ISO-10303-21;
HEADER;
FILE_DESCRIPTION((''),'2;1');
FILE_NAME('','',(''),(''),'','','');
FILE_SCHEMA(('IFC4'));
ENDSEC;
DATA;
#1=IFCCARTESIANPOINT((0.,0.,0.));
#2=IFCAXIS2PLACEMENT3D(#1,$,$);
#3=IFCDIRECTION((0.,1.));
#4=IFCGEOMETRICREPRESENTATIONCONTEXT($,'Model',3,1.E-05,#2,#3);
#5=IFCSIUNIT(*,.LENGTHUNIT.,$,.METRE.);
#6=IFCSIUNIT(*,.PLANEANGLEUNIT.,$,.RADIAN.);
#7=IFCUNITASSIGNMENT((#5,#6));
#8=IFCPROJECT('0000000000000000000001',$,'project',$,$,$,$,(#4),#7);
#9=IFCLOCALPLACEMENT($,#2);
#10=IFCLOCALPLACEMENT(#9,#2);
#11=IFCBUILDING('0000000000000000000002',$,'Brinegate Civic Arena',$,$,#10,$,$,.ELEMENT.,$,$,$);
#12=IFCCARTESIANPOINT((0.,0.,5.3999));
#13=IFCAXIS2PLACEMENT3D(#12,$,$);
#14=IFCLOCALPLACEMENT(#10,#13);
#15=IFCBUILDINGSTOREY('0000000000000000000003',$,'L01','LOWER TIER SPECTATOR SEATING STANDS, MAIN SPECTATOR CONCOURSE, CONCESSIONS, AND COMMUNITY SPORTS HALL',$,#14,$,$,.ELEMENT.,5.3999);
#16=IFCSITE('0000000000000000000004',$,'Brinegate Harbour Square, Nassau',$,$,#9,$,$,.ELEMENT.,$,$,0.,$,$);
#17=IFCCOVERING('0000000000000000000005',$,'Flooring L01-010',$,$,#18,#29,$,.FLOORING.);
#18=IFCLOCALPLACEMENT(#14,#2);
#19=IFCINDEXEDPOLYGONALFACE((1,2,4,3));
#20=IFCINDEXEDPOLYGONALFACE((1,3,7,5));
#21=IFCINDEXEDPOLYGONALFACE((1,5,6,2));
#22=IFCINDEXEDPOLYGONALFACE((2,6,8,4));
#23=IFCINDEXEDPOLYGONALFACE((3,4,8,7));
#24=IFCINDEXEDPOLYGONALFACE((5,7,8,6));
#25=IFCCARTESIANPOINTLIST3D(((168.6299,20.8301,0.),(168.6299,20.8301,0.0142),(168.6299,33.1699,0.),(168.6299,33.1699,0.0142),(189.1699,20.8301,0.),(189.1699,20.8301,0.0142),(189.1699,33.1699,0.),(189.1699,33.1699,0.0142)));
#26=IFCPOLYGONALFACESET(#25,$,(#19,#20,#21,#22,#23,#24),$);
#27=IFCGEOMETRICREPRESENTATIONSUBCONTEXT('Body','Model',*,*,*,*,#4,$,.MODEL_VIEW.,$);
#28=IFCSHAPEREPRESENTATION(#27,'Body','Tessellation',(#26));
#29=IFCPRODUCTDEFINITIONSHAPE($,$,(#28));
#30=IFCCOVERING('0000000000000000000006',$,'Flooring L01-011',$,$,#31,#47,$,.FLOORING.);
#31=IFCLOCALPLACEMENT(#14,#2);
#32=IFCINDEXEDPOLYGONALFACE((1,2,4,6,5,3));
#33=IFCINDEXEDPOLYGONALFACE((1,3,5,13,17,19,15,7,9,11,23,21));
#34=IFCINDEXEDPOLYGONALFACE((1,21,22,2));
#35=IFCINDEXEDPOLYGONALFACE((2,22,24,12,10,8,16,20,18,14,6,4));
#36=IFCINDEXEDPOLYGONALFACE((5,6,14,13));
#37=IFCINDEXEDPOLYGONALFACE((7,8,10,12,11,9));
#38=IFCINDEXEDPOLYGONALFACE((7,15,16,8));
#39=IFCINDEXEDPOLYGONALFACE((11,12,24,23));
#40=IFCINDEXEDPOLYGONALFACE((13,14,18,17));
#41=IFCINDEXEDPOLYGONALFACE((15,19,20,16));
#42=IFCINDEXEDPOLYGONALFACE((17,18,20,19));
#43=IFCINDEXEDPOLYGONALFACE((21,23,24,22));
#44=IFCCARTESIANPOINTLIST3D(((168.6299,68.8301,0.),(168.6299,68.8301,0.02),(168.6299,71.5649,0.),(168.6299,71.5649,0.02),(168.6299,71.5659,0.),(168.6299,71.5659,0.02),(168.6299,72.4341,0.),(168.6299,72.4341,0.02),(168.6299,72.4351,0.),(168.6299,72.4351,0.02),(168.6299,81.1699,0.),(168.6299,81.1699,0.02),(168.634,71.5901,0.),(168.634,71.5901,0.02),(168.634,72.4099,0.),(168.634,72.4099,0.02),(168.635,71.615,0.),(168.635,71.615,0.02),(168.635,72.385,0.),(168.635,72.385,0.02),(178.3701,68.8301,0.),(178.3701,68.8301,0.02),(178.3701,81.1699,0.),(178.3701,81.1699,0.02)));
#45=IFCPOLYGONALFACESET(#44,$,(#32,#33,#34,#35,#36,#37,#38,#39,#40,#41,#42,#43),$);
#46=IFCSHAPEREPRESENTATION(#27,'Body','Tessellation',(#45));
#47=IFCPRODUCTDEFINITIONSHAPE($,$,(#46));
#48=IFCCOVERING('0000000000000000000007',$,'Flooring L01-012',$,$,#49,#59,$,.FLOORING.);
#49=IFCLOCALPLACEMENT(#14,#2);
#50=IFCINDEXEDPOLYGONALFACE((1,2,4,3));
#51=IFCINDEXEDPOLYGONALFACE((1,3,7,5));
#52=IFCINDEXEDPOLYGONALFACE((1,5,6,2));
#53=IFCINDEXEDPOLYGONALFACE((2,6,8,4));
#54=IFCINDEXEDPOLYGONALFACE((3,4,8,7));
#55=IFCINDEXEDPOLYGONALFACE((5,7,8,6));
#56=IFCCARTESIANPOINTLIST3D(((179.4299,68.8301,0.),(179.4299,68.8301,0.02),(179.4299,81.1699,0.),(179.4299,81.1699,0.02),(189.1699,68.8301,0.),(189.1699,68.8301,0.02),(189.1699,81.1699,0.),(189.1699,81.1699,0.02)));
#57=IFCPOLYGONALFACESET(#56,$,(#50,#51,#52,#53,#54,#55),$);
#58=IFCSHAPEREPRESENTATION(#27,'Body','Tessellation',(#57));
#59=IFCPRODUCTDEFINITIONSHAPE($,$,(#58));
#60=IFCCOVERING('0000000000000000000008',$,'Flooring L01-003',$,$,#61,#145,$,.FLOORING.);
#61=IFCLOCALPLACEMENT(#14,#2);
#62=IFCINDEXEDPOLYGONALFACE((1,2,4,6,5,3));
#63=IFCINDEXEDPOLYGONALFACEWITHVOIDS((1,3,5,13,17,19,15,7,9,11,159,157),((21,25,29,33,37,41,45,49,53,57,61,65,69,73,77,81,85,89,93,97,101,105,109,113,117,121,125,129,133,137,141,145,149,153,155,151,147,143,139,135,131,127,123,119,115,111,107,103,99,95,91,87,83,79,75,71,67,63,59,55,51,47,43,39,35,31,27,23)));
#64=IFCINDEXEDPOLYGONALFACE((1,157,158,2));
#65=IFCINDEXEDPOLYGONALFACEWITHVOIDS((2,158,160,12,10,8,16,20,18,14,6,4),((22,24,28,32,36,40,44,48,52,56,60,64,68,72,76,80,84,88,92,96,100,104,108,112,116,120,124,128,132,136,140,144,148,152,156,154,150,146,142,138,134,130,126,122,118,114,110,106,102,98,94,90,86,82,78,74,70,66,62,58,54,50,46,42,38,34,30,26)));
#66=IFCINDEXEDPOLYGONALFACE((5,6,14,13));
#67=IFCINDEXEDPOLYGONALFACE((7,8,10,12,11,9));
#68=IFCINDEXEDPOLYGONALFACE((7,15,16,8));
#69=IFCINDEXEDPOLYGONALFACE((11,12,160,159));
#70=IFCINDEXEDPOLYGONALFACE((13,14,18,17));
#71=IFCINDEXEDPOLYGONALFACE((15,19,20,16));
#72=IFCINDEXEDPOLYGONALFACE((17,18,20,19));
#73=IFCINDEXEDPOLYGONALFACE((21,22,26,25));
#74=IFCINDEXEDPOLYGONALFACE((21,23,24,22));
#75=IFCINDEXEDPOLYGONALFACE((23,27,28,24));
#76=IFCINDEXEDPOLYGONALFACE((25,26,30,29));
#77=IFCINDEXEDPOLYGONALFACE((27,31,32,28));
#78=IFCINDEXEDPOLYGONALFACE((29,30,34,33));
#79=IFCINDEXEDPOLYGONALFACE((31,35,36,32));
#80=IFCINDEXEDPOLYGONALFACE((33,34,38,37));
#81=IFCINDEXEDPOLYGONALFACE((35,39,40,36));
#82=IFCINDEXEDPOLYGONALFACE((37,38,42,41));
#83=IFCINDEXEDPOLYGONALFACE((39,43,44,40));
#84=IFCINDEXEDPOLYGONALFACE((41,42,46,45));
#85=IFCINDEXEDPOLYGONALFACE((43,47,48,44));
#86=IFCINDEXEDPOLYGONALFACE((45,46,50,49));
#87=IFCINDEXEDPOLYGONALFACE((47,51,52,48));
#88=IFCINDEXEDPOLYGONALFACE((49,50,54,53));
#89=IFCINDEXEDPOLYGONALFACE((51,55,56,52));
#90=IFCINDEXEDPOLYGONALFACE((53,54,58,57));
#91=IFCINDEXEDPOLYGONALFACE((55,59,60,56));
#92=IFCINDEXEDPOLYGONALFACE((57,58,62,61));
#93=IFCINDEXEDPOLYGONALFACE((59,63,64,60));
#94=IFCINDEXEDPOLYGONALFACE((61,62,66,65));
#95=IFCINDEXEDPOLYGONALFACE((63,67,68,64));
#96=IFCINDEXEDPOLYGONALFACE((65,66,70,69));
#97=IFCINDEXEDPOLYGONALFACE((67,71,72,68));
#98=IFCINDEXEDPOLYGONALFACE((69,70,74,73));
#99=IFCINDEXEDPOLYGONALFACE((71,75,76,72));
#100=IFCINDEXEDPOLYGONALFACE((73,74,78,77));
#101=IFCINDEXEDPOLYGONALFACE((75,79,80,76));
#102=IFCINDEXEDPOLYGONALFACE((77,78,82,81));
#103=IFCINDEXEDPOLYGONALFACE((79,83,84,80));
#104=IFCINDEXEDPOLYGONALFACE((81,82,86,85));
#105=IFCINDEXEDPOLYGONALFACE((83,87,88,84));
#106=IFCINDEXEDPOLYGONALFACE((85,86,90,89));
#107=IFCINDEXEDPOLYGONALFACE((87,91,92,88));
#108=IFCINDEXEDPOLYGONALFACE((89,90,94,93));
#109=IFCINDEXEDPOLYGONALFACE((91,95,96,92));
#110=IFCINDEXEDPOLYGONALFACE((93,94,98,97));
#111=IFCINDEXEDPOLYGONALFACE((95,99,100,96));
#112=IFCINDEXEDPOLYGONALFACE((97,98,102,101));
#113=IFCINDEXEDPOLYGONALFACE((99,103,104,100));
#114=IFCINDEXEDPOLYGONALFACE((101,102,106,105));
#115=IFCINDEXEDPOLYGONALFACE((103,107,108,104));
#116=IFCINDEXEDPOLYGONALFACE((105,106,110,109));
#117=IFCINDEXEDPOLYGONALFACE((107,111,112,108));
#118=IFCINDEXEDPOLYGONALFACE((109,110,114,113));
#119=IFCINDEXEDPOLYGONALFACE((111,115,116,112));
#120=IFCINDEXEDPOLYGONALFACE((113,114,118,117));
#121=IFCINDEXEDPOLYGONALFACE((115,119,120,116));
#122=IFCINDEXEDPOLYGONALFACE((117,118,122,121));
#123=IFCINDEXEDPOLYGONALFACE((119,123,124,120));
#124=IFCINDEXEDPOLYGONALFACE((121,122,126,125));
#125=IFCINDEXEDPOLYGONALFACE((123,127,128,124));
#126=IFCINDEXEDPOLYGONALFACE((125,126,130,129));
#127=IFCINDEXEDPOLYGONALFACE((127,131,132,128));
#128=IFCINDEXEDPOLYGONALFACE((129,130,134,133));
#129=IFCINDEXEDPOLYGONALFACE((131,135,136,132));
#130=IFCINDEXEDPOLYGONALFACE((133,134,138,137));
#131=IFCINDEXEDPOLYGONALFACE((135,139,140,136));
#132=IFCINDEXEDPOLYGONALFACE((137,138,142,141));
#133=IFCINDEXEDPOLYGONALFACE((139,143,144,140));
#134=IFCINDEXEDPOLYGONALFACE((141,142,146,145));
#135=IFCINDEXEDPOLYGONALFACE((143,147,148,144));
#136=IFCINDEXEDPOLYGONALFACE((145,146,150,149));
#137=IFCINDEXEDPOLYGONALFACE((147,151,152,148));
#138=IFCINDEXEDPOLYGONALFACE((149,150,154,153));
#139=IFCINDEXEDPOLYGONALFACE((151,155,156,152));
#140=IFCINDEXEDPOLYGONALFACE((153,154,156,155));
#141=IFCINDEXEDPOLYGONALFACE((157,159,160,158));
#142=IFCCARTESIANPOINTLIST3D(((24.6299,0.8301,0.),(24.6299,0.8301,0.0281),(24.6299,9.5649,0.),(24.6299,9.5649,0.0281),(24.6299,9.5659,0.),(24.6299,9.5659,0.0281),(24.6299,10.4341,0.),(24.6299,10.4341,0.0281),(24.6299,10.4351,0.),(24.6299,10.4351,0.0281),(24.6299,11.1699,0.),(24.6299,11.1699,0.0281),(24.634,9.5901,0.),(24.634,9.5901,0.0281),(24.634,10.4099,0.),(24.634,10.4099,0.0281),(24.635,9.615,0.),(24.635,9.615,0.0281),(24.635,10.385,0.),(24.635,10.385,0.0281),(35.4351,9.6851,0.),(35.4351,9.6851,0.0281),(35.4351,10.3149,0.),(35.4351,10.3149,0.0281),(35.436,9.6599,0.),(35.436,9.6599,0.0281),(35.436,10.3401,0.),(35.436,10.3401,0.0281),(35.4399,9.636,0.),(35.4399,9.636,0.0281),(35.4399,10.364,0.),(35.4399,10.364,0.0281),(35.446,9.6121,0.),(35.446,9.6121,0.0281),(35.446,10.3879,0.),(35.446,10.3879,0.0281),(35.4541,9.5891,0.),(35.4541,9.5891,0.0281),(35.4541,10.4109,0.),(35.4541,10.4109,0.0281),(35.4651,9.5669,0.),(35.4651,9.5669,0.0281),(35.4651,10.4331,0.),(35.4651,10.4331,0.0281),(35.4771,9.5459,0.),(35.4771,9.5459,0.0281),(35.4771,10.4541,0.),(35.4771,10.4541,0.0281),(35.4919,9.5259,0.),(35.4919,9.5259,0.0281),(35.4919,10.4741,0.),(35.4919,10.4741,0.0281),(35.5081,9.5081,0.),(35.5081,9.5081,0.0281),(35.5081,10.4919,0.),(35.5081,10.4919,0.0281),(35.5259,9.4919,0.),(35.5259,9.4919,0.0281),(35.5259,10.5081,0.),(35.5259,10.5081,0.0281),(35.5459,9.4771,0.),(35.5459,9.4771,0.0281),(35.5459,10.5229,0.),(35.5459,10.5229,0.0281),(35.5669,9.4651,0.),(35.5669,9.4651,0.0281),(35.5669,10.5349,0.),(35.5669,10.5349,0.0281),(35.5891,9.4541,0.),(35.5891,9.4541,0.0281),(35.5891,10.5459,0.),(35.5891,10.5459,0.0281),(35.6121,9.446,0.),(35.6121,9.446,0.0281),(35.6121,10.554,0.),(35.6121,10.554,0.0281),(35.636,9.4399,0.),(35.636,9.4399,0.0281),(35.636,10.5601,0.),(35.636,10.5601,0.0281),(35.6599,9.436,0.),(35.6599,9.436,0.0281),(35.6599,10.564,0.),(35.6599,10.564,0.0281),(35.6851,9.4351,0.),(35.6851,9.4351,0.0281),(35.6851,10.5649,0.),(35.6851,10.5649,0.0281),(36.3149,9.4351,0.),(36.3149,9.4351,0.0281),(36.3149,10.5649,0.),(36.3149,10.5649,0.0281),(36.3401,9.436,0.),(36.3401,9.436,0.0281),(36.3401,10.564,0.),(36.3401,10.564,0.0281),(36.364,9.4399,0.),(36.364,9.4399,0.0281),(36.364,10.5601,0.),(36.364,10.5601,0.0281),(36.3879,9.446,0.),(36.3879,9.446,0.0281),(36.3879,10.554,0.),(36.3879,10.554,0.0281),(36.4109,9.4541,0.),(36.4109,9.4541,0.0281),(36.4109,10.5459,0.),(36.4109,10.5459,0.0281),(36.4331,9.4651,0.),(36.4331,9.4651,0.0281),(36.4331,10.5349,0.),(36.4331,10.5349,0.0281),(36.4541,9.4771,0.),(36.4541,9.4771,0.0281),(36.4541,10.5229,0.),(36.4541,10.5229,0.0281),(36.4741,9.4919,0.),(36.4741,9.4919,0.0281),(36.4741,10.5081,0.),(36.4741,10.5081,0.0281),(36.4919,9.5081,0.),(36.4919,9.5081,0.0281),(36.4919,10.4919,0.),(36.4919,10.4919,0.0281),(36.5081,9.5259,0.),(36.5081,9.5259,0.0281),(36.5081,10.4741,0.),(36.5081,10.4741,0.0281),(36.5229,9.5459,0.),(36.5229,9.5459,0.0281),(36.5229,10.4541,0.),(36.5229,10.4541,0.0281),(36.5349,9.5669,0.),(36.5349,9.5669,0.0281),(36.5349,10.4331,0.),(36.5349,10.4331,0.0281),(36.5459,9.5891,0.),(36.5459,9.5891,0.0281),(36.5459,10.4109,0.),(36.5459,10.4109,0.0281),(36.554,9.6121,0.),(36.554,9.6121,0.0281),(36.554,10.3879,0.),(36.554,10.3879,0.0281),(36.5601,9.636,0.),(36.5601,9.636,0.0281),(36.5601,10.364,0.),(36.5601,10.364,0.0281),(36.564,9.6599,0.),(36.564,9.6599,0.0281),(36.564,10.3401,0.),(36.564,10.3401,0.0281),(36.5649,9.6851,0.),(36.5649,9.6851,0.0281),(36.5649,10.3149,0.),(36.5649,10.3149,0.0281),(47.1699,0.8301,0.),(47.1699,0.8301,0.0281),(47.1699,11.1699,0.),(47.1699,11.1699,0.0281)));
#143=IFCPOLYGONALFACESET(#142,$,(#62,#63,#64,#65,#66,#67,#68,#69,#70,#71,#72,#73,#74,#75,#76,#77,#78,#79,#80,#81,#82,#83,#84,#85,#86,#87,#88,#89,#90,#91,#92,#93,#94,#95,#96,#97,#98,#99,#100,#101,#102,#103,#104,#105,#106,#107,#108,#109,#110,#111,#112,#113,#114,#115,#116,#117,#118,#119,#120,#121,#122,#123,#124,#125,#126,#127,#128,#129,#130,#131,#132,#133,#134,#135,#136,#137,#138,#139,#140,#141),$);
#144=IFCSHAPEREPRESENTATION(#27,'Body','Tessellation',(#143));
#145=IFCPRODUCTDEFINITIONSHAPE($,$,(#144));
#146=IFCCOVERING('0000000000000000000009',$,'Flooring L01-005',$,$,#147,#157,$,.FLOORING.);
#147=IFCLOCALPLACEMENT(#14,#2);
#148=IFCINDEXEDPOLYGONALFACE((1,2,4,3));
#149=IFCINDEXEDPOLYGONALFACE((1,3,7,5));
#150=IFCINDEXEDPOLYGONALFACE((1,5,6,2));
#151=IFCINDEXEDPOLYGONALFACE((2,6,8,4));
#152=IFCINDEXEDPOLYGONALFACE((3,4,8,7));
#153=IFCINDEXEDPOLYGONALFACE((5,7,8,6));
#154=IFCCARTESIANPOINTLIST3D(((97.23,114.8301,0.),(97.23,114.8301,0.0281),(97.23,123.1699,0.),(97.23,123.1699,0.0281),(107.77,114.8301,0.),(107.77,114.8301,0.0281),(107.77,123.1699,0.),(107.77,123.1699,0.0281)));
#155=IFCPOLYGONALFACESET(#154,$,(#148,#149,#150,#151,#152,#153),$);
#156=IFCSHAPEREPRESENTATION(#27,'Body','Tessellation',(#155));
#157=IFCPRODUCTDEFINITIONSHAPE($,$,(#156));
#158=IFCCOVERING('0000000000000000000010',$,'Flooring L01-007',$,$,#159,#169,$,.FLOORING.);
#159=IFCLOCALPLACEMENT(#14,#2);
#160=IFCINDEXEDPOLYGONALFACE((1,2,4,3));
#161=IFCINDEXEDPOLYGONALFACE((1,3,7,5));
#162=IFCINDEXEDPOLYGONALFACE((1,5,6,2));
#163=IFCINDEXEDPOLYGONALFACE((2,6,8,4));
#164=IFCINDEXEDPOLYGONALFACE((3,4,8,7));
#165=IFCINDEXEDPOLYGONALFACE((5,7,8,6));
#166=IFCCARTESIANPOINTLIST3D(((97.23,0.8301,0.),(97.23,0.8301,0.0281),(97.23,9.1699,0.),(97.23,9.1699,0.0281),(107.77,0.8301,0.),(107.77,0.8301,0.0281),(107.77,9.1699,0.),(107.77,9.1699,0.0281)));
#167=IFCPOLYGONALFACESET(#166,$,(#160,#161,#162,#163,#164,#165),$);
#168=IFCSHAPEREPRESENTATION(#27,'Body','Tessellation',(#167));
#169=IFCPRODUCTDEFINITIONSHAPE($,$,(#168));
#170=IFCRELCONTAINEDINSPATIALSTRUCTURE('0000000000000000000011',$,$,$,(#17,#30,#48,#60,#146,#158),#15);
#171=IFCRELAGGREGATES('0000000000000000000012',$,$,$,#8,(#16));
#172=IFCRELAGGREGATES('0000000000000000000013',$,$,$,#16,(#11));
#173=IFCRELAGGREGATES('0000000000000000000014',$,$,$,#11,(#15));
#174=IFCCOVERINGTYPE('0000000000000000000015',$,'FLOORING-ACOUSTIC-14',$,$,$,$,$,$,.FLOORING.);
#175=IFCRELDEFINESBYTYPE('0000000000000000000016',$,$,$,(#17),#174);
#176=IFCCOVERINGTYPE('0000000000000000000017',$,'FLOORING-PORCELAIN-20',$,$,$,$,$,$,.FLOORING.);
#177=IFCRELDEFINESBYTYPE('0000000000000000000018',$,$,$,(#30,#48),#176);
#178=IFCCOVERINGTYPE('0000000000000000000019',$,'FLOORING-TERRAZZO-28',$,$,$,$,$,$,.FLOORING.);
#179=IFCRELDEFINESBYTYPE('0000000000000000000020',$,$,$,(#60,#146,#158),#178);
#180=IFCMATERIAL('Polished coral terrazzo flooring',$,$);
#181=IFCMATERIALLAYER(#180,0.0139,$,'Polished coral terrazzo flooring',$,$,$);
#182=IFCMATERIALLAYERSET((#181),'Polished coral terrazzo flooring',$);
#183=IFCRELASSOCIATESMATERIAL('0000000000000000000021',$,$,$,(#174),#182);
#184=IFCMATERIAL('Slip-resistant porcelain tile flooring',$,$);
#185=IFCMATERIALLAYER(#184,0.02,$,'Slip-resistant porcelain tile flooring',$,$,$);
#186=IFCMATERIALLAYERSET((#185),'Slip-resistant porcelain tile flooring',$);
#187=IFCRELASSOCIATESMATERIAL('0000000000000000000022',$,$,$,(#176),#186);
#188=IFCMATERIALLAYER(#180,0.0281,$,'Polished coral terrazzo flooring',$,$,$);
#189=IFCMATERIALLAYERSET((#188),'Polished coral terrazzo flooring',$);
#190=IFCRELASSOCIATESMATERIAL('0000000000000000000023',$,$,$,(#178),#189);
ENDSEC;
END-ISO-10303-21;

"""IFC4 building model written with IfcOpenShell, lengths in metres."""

from ifc_helpers import new_model, si_unit, direction, frame, origin, place, context, subcontext, project, spatial, polyline, outline, extrude, material, layer, layer_set, type_object, element, save


model = new_model("IFC4")

# Units and contexts
model_context = context("Model", 3, precision=1e-05, world=origin(), true_north=direction((0.0, 1.0)))
body_context = subcontext(model_context, "Body", "Model", "MODEL_VIEW")
ifc_project = project(units=[si_unit("LENGTHUNIT", "METRE"), si_unit("PLANEANGLEUNIT", "RADIAN")], contexts=[model_context])

# Site, building, storey
site_placement = place(None, origin())
site = spatial("IfcSite", under=ifc_project, at=site_placement, Name="Brinegate Harbour Square, Nassau", CompositionType="ELEMENT", RefElevation=0.0)
building_placement = place(site_placement, origin())
building = spatial("IfcBuilding", under=site, at=building_placement, Name="Brinegate Civic Arena", CompositionType="ELEMENT")
storey_placement = place(building_placement, frame((0.0, 0.0, 5.3999)))
storey = spatial("IfcBuildingStorey", under=building, at=storey_placement, Name="L01", Description="LOWER TIER SPECTATOR SEATING STANDS, MAIN SPECTATOR CONCOURSE, CONCESSIONS, AND COMMUNITY SPORTS HALL", CompositionType="ELEMENT", Elevation=5.3999)

# Coverings
ifc_material_1 = material(Name="Polished coral terrazzo flooring")
ifc_layer_1 = layer(ifc_material_1, 0.0139, Name="Polished coral terrazzo flooring")
ifc_layer_set_1 = layer_set([ifc_layer_1], Name="Polished coral terrazzo flooring")
covering_type_1 = type_object("IfcCoveringType", Name="FLOORING-ACOUSTIC-14", PredefinedType="FLOORING", material=ifc_layer_set_1)
covering_1_placement = place(storey_placement, origin())
element("IfcCovering", 1, at=covering_1_placement, inside=storey, type_object=covering_type_1, Name="Flooring L01-010", PredefinedType="FLOORING", context=body_context, shape_type="SweptSolid", body=[
    extrude(outline(polyline([(168.6299, 20.8301), (168.6299, 33.1699), (189.1699, 33.1699), (189.1699, 20.8301), (168.6299, 20.8301)])), origin(), (0.0, 0.0, 1.0), 0.0142),
])
ifc_material_2 = material(Name="Slip-resistant porcelain tile flooring")
ifc_layer_2 = layer(ifc_material_2, 0.02, Name="Slip-resistant porcelain tile flooring")
ifc_layer_set_2 = layer_set([ifc_layer_2], Name="Slip-resistant porcelain tile flooring")
covering_type_2 = type_object("IfcCoveringType", Name="FLOORING-PORCELAIN-20", PredefinedType="FLOORING", material=ifc_layer_set_2)
covering_2_placement = place(storey_placement, origin())
element("IfcCovering", 2, at=covering_2_placement, inside=storey, type_object=covering_type_2, Name="Flooring L01-011", PredefinedType="FLOORING", context=body_context, shape_type="SweptSolid", body=[
    extrude(outline(polyline([(168.6299, 68.8301), (168.6299, 71.5649), (168.6299, 71.5659), (168.634, 71.5901), (168.635, 71.615), (168.635, 72.385), (168.634, 72.4099), (168.6299, 72.4341), (168.6299, 72.4351), (168.6299, 81.1699), (178.3701, 81.1699), (178.3701, 68.8301), (168.6299, 68.8301)])), origin(), (0.0, 0.0, 1.0), 0.02),
])
covering_3_placement = place(storey_placement, origin())
element("IfcCovering", 3, at=covering_3_placement, inside=storey, type_object=covering_type_2, Name="Flooring L01-012", PredefinedType="FLOORING", context=body_context, shape_type="SweptSolid", body=[
    extrude(outline(polyline([(179.4299, 68.8301), (179.4299, 81.1699), (189.1699, 81.1699), (189.1699, 68.8301), (179.4299, 68.8301)])), origin(), (0.0, 0.0, 1.0), 0.02),
])
ifc_layer_3 = layer(ifc_material_1, 0.0281, Name="Polished coral terrazzo flooring")
ifc_layer_set_3 = layer_set([ifc_layer_3], Name="Polished coral terrazzo flooring")
covering_type_3 = type_object("IfcCoveringType", Name="FLOORING-TERRAZZO-28", PredefinedType="FLOORING", material=ifc_layer_set_3)
covering_4_placement = place(storey_placement, origin())
element("IfcCovering", 4, at=covering_4_placement, inside=storey, type_object=covering_type_3, Name="Flooring L01-003", PredefinedType="FLOORING", context=body_context, shape_type="SweptSolid", body=[
    extrude(outline(polyline([(24.6299, 11.1699), (47.1699, 11.1699), (47.1699, 0.8301), (24.6299, 0.8301), (24.6299, 9.5649), (24.6299, 9.5659), (24.634, 9.5901), (24.635, 9.615), (24.635, 10.385), (24.634, 10.4099), (24.6299, 10.4341), (24.6299, 10.4351), (24.6299, 11.1699)]), holes=[polyline([(36.5649, 10.3149), (36.564, 10.3401), (36.5601, 10.364), (36.554, 10.3879), (36.5459, 10.4109), (36.5349, 10.4331), (36.5229, 10.4541), (36.5081, 10.4741), (36.4919, 10.4919), (36.4741, 10.5081), (36.4541, 10.5229), (36.4331, 10.5349), (36.4109, 10.5459), (36.3879, 10.554), (36.364, 10.5601), (36.3401, 10.564), (36.3149, 10.5649), (35.6851, 10.5649), (35.6599, 10.564), (35.636, 10.5601), (35.6121, 10.554), (35.5891, 10.5459), (35.5669, 10.5349), (35.5459, 10.5229), (35.5259, 10.5081), (35.5081, 10.4919), (35.4919, 10.4741), (35.4771, 10.4541), (35.4651, 10.4331), (35.4541, 10.4109), (35.446, 10.3879), (35.4399, 10.364), (35.436, 10.3401), (35.4351, 10.3149), (35.4351, 9.6851), (35.436, 9.6599), (35.4399, 9.636), (35.446, 9.6121), (35.4541, 9.5891), (35.4651, 9.5669), (35.4771, 9.5459), (35.4919, 9.5259), (35.5081, 9.5081), (35.5259, 9.4919), (35.5459, 9.4771), (35.5669, 9.4651), (35.5891, 9.4541), (35.6121, 9.446), (35.636, 9.4399), (35.6599, 9.436), (35.6851, 9.4351), (36.3149, 9.4351), (36.3401, 9.436), (36.364, 9.4399), (36.3879, 9.446), (36.4109, 9.4541), (36.4331, 9.4651), (36.4541, 9.4771), (36.4741, 9.4919), (36.4919, 9.5081), (36.5081, 9.5259), (36.5229, 9.5459), (36.5349, 9.5669), (36.5459, 9.5891), (36.554, 9.6121), (36.5601, 9.636), (36.564, 9.6599), (36.5649, 9.6851), (36.5649, 10.3149)])]), origin(), (0.0, 0.0, 1.0), 0.0281),
])
covering_5_placement = place(storey_placement, origin())
element("IfcCovering", 5, at=covering_5_placement, inside=storey, type_object=covering_type_3, Name="Flooring L01-005", PredefinedType="FLOORING", context=body_context, shape_type="SweptSolid", body=[
    extrude(outline(polyline([(97.23, 114.8301), (97.23, 123.1699), (107.77, 123.1699), (107.77, 114.8301), (97.23, 114.8301)])), origin(), (0.0, 0.0, 1.0), 0.0281),
])
covering_6_placement = place(storey_placement, origin())
element("IfcCovering", 6, at=covering_6_placement, inside=storey, type_object=covering_type_3, Name="Flooring L01-007", PredefinedType="FLOORING", context=body_context, shape_type="SweptSolid", body=[
    extrude(outline(polyline([(97.23, 0.8301), (97.23, 9.1699), (107.77, 9.1699), (107.77, 0.8301), (97.23, 0.8301)])), origin(), (0.0, 0.0, 1.0), 0.0281),
])

save(model, "model.ifc")
